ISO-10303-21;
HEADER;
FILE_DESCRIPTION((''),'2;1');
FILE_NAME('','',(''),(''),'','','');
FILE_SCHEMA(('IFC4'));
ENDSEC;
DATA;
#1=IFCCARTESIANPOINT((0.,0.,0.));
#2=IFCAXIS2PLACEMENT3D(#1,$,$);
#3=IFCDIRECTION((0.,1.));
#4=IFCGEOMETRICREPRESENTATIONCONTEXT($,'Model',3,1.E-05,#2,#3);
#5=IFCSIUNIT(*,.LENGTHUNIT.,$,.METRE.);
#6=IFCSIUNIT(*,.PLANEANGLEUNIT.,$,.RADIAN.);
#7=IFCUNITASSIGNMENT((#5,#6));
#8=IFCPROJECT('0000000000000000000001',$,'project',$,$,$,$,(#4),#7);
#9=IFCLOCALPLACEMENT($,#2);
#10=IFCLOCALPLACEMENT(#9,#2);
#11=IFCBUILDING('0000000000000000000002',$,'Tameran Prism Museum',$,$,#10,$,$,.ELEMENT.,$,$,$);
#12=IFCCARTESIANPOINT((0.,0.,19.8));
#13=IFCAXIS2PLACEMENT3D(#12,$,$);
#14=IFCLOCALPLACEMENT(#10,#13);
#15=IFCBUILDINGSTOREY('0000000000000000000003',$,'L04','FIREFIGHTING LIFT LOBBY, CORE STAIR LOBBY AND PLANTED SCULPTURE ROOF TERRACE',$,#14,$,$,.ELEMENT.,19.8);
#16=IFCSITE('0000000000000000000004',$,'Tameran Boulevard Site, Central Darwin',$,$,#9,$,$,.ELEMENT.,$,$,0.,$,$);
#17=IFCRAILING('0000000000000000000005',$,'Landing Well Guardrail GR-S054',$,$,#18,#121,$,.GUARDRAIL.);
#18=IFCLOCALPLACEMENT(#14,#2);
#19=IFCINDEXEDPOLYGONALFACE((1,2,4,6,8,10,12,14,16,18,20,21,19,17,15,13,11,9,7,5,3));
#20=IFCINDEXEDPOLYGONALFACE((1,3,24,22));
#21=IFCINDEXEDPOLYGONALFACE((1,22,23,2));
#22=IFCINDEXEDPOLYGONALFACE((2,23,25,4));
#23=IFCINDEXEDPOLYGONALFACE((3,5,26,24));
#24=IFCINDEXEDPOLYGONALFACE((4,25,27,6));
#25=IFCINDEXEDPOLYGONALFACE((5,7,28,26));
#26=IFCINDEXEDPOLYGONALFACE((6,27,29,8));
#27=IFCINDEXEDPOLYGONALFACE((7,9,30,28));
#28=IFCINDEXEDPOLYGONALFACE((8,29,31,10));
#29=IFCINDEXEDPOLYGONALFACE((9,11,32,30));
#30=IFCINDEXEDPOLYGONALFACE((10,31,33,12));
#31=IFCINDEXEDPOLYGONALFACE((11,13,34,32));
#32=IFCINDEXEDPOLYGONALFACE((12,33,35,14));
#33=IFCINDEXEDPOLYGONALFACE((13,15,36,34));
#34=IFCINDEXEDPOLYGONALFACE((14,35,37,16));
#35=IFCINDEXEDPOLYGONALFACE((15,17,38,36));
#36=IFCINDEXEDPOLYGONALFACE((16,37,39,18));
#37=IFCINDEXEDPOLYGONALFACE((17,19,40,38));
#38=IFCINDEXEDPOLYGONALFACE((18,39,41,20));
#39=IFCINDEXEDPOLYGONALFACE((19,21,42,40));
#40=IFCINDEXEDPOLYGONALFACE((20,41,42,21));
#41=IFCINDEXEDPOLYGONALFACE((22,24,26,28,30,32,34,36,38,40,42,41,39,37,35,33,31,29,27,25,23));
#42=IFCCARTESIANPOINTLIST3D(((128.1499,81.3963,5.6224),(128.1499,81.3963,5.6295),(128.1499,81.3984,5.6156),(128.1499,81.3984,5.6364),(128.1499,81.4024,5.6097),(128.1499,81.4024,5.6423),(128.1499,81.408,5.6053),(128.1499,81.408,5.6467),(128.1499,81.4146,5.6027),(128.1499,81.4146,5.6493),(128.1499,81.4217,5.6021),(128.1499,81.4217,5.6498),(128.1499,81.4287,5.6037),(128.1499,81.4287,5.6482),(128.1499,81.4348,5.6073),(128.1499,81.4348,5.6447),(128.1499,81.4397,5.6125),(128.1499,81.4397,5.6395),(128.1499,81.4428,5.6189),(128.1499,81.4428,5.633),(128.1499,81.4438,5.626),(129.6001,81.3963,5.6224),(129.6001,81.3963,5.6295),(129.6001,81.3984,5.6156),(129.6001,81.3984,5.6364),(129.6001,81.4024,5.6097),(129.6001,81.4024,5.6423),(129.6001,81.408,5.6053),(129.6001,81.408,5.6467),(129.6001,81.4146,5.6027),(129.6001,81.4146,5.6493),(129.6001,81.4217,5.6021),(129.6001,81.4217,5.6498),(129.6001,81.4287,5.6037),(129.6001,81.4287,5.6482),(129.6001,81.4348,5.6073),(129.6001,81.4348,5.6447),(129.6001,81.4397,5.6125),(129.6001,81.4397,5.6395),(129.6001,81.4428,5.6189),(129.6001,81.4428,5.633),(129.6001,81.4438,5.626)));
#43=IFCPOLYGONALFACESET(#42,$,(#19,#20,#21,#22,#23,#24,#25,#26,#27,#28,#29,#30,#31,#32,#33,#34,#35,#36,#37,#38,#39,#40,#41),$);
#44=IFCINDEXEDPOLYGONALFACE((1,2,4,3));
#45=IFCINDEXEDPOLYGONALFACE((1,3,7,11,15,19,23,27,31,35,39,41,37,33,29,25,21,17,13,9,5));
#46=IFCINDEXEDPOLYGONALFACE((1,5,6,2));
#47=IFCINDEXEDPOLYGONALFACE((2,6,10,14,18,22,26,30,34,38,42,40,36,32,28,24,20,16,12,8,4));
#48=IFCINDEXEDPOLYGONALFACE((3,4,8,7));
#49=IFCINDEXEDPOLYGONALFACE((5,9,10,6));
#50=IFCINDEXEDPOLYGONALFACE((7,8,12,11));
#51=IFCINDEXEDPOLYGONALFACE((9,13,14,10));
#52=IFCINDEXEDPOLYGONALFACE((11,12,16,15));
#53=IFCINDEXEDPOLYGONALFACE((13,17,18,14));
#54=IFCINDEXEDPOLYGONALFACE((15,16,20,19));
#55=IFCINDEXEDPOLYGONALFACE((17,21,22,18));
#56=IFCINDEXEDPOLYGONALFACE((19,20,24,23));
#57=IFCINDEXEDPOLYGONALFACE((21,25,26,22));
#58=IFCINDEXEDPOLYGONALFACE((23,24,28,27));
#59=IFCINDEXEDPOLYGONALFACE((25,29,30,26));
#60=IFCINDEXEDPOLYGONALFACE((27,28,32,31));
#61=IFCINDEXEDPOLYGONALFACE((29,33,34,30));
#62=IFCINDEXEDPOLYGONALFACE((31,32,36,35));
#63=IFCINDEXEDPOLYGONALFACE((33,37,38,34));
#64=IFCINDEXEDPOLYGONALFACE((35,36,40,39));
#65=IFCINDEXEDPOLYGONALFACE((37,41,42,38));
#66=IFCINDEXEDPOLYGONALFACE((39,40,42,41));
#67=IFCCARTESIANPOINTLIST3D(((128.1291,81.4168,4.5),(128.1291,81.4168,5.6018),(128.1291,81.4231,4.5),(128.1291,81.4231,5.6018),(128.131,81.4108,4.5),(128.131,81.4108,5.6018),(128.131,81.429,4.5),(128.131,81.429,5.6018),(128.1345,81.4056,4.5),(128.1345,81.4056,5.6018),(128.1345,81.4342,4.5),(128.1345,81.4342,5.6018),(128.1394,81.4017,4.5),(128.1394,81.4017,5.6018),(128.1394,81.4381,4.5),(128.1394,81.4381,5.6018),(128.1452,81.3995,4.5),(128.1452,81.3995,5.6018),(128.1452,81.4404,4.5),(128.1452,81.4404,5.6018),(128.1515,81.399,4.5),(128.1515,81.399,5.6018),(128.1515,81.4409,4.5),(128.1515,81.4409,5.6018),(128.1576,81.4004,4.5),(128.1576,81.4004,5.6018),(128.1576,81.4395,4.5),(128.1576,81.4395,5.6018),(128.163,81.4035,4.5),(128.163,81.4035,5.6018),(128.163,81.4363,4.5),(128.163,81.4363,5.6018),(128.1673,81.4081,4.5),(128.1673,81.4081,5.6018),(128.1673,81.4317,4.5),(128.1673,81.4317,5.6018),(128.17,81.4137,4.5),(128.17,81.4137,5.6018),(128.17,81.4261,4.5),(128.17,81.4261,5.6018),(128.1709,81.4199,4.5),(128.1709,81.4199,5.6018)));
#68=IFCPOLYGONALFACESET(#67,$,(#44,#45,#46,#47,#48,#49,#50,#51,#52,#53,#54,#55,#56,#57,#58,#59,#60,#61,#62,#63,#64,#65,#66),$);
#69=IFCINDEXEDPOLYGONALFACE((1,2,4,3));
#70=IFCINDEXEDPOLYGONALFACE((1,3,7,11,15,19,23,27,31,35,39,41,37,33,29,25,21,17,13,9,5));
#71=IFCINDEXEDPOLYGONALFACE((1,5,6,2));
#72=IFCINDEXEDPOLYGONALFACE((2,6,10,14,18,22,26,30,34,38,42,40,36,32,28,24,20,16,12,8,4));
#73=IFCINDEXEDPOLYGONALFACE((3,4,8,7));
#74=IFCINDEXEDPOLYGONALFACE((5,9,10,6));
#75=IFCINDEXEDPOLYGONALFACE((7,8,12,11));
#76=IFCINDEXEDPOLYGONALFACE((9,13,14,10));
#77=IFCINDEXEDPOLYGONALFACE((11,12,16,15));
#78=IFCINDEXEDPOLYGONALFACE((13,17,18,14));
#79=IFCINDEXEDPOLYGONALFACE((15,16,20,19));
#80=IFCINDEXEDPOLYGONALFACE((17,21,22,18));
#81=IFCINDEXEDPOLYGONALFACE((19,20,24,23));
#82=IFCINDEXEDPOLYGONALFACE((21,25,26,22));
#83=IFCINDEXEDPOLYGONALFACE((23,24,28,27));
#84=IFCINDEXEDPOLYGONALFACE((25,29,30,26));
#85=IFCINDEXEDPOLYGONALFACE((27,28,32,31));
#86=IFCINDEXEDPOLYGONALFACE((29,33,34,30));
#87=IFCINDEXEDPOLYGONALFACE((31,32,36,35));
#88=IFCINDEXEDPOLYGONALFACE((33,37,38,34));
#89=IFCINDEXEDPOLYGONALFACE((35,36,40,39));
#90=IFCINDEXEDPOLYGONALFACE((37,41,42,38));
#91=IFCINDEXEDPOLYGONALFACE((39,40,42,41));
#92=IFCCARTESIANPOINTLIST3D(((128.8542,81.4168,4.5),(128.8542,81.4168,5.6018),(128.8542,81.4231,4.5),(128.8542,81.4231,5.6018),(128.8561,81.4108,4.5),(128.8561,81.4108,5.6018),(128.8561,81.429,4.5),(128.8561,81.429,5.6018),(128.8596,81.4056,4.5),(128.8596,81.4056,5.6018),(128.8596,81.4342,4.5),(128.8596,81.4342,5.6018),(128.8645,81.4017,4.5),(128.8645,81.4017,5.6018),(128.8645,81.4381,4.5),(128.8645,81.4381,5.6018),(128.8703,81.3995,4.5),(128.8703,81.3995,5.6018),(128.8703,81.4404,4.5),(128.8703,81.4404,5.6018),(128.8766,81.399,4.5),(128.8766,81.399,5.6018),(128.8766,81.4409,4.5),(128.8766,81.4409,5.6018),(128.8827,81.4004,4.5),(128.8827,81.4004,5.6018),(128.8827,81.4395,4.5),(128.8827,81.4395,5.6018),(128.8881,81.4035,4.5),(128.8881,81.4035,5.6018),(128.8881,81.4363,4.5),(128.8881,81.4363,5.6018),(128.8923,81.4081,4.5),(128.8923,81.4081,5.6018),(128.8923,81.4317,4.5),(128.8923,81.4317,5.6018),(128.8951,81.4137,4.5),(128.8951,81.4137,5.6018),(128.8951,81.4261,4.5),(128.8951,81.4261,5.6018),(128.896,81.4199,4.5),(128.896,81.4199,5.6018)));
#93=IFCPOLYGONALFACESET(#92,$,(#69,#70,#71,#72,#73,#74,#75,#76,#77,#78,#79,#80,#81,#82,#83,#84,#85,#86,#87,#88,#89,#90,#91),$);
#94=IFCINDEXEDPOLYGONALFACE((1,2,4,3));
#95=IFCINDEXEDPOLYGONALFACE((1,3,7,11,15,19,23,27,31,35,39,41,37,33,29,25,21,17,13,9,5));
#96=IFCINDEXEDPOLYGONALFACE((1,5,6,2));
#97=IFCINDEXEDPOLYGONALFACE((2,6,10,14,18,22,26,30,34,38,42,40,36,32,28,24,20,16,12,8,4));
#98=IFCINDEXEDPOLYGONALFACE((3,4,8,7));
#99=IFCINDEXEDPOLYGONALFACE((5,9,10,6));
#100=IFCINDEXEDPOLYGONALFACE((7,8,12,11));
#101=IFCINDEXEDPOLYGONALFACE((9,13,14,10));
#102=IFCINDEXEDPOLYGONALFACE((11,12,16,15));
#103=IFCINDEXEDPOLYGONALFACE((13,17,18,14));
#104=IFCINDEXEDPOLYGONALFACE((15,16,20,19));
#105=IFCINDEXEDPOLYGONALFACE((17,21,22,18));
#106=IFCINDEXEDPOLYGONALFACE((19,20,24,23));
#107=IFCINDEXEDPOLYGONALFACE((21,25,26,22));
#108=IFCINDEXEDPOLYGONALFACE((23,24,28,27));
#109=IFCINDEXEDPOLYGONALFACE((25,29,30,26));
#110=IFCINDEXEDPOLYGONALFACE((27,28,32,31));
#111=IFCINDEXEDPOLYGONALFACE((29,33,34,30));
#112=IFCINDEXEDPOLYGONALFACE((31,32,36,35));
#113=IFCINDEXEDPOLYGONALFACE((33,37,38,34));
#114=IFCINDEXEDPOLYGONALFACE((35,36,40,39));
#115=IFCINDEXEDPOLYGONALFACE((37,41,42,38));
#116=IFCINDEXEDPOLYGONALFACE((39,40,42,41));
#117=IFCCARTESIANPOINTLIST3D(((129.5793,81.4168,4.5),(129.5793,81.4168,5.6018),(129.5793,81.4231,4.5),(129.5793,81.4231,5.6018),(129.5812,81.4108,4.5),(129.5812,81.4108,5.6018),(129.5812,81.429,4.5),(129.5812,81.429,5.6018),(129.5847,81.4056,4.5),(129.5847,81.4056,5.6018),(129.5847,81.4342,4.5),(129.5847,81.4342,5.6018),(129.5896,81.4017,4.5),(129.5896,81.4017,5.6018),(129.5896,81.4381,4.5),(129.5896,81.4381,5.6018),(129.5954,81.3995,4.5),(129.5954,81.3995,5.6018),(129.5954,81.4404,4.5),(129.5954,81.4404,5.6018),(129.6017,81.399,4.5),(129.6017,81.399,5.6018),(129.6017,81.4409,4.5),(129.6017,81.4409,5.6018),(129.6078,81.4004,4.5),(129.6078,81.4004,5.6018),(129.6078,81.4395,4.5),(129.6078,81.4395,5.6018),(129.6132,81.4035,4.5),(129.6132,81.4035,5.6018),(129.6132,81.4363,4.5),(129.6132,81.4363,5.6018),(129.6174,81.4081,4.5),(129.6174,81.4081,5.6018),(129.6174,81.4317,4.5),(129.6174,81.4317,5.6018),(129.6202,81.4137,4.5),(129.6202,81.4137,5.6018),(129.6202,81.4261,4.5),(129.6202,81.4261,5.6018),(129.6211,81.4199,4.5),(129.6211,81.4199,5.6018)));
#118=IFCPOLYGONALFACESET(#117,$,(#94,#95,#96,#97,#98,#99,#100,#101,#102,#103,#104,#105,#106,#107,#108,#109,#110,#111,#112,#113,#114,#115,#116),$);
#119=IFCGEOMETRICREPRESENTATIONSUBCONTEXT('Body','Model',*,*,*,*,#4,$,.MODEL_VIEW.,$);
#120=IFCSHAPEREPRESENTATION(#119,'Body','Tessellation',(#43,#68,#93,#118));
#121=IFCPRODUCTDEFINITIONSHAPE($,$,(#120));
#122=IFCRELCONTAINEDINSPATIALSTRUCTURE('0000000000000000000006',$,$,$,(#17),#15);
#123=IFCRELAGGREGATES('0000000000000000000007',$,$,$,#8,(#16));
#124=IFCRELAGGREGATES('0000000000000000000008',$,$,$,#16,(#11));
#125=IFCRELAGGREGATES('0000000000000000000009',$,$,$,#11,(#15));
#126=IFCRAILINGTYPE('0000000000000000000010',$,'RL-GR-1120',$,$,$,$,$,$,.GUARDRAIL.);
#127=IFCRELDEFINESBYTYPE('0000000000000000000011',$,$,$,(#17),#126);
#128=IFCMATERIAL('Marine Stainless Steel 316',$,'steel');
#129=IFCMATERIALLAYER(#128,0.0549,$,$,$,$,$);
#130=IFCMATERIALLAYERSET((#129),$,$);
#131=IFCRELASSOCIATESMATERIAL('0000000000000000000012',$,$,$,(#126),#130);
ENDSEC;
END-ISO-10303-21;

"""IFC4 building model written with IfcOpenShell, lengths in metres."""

from ifc_helpers import new_model, si_unit, direction, frame, origin, origin_2d, place, context, subcontext, project, spatial, circle, extrude, material, layer, layer_set, type_object, element, save


model = new_model("IFC4")

# Units and contexts
model_context = context("Model", 3, precision=1e-05, world=origin(), true_north=direction((0.0, 1.0)))
body_context = subcontext(model_context, "Body", "Model", "MODEL_VIEW")
ifc_project = project(units=[si_unit("LENGTHUNIT", "METRE"), si_unit("PLANEANGLEUNIT", "RADIAN")], contexts=[model_context])

# Site, building, storey
site_placement = place(None, origin())
site = spatial("IfcSite", under=ifc_project, at=site_placement, Name="Tameran Boulevard Site, Central Darwin", CompositionType="ELEMENT", RefElevation=0.0)
building_placement = place(site_placement, origin())
building = spatial("IfcBuilding", under=site, at=building_placement, Name="Tameran Prism Museum", CompositionType="ELEMENT")
storey_placement = place(building_placement, frame((0.0, 0.0, 19.8)))
storey = spatial("IfcBuildingStorey", under=building, at=storey_placement, Name="L04", Description="FIREFIGHTING LIFT LOBBY, CORE STAIR LOBBY AND PLANTED SCULPTURE ROOF TERRACE", CompositionType="ELEMENT", Elevation=19.8)

# Railing
ifc_material_1 = material(Name="Marine Stainless Steel 316", Category="steel")
ifc_layer_1 = layer(ifc_material_1, 0.0549)
ifc_layer_set_1 = layer_set([ifc_layer_1])
railing_type_1 = type_object("IfcRailingType", Name="RL-GR-1120", PredefinedType="GUARDRAIL", material=ifc_layer_set_1)
railing_1_placement = place(storey_placement, frame((128.1499, 81.4199, 4.5)))
element("IfcRailing", 1, at=railing_1_placement, inside=storey, type_object=railing_type_1, Name="Landing Well Guardrail GR-S054", PredefinedType="GUARDRAIL", context=body_context, shape_type="SweptSolid", body=[
    extrude(circle(Radius=0.0239, at=origin_2d()), frame((0.0, 0.0, 1.126), z_axis=(1.0, 0.0, 0.0), x_axis=(0.0, 1.0, 0.0)), (0.0, 0.0, 1.0), 1.4502),
    extrude(circle(Radius=0.021, at=origin_2d()), origin(), (0.0, 0.0, 1.0), 1.1018),
    extrude(circle(Radius=0.021, at=origin_2d()), frame((0.7251, 0.0, 0.0)), (0.0, 0.0, 1.0), 1.1018),
    extrude(circle(Radius=0.021, at=origin_2d()), frame((1.4502, 0.0, 0.0)), (0.0, 0.0, 1.0), 1.1018),
])

save(model, "model.ifc")
